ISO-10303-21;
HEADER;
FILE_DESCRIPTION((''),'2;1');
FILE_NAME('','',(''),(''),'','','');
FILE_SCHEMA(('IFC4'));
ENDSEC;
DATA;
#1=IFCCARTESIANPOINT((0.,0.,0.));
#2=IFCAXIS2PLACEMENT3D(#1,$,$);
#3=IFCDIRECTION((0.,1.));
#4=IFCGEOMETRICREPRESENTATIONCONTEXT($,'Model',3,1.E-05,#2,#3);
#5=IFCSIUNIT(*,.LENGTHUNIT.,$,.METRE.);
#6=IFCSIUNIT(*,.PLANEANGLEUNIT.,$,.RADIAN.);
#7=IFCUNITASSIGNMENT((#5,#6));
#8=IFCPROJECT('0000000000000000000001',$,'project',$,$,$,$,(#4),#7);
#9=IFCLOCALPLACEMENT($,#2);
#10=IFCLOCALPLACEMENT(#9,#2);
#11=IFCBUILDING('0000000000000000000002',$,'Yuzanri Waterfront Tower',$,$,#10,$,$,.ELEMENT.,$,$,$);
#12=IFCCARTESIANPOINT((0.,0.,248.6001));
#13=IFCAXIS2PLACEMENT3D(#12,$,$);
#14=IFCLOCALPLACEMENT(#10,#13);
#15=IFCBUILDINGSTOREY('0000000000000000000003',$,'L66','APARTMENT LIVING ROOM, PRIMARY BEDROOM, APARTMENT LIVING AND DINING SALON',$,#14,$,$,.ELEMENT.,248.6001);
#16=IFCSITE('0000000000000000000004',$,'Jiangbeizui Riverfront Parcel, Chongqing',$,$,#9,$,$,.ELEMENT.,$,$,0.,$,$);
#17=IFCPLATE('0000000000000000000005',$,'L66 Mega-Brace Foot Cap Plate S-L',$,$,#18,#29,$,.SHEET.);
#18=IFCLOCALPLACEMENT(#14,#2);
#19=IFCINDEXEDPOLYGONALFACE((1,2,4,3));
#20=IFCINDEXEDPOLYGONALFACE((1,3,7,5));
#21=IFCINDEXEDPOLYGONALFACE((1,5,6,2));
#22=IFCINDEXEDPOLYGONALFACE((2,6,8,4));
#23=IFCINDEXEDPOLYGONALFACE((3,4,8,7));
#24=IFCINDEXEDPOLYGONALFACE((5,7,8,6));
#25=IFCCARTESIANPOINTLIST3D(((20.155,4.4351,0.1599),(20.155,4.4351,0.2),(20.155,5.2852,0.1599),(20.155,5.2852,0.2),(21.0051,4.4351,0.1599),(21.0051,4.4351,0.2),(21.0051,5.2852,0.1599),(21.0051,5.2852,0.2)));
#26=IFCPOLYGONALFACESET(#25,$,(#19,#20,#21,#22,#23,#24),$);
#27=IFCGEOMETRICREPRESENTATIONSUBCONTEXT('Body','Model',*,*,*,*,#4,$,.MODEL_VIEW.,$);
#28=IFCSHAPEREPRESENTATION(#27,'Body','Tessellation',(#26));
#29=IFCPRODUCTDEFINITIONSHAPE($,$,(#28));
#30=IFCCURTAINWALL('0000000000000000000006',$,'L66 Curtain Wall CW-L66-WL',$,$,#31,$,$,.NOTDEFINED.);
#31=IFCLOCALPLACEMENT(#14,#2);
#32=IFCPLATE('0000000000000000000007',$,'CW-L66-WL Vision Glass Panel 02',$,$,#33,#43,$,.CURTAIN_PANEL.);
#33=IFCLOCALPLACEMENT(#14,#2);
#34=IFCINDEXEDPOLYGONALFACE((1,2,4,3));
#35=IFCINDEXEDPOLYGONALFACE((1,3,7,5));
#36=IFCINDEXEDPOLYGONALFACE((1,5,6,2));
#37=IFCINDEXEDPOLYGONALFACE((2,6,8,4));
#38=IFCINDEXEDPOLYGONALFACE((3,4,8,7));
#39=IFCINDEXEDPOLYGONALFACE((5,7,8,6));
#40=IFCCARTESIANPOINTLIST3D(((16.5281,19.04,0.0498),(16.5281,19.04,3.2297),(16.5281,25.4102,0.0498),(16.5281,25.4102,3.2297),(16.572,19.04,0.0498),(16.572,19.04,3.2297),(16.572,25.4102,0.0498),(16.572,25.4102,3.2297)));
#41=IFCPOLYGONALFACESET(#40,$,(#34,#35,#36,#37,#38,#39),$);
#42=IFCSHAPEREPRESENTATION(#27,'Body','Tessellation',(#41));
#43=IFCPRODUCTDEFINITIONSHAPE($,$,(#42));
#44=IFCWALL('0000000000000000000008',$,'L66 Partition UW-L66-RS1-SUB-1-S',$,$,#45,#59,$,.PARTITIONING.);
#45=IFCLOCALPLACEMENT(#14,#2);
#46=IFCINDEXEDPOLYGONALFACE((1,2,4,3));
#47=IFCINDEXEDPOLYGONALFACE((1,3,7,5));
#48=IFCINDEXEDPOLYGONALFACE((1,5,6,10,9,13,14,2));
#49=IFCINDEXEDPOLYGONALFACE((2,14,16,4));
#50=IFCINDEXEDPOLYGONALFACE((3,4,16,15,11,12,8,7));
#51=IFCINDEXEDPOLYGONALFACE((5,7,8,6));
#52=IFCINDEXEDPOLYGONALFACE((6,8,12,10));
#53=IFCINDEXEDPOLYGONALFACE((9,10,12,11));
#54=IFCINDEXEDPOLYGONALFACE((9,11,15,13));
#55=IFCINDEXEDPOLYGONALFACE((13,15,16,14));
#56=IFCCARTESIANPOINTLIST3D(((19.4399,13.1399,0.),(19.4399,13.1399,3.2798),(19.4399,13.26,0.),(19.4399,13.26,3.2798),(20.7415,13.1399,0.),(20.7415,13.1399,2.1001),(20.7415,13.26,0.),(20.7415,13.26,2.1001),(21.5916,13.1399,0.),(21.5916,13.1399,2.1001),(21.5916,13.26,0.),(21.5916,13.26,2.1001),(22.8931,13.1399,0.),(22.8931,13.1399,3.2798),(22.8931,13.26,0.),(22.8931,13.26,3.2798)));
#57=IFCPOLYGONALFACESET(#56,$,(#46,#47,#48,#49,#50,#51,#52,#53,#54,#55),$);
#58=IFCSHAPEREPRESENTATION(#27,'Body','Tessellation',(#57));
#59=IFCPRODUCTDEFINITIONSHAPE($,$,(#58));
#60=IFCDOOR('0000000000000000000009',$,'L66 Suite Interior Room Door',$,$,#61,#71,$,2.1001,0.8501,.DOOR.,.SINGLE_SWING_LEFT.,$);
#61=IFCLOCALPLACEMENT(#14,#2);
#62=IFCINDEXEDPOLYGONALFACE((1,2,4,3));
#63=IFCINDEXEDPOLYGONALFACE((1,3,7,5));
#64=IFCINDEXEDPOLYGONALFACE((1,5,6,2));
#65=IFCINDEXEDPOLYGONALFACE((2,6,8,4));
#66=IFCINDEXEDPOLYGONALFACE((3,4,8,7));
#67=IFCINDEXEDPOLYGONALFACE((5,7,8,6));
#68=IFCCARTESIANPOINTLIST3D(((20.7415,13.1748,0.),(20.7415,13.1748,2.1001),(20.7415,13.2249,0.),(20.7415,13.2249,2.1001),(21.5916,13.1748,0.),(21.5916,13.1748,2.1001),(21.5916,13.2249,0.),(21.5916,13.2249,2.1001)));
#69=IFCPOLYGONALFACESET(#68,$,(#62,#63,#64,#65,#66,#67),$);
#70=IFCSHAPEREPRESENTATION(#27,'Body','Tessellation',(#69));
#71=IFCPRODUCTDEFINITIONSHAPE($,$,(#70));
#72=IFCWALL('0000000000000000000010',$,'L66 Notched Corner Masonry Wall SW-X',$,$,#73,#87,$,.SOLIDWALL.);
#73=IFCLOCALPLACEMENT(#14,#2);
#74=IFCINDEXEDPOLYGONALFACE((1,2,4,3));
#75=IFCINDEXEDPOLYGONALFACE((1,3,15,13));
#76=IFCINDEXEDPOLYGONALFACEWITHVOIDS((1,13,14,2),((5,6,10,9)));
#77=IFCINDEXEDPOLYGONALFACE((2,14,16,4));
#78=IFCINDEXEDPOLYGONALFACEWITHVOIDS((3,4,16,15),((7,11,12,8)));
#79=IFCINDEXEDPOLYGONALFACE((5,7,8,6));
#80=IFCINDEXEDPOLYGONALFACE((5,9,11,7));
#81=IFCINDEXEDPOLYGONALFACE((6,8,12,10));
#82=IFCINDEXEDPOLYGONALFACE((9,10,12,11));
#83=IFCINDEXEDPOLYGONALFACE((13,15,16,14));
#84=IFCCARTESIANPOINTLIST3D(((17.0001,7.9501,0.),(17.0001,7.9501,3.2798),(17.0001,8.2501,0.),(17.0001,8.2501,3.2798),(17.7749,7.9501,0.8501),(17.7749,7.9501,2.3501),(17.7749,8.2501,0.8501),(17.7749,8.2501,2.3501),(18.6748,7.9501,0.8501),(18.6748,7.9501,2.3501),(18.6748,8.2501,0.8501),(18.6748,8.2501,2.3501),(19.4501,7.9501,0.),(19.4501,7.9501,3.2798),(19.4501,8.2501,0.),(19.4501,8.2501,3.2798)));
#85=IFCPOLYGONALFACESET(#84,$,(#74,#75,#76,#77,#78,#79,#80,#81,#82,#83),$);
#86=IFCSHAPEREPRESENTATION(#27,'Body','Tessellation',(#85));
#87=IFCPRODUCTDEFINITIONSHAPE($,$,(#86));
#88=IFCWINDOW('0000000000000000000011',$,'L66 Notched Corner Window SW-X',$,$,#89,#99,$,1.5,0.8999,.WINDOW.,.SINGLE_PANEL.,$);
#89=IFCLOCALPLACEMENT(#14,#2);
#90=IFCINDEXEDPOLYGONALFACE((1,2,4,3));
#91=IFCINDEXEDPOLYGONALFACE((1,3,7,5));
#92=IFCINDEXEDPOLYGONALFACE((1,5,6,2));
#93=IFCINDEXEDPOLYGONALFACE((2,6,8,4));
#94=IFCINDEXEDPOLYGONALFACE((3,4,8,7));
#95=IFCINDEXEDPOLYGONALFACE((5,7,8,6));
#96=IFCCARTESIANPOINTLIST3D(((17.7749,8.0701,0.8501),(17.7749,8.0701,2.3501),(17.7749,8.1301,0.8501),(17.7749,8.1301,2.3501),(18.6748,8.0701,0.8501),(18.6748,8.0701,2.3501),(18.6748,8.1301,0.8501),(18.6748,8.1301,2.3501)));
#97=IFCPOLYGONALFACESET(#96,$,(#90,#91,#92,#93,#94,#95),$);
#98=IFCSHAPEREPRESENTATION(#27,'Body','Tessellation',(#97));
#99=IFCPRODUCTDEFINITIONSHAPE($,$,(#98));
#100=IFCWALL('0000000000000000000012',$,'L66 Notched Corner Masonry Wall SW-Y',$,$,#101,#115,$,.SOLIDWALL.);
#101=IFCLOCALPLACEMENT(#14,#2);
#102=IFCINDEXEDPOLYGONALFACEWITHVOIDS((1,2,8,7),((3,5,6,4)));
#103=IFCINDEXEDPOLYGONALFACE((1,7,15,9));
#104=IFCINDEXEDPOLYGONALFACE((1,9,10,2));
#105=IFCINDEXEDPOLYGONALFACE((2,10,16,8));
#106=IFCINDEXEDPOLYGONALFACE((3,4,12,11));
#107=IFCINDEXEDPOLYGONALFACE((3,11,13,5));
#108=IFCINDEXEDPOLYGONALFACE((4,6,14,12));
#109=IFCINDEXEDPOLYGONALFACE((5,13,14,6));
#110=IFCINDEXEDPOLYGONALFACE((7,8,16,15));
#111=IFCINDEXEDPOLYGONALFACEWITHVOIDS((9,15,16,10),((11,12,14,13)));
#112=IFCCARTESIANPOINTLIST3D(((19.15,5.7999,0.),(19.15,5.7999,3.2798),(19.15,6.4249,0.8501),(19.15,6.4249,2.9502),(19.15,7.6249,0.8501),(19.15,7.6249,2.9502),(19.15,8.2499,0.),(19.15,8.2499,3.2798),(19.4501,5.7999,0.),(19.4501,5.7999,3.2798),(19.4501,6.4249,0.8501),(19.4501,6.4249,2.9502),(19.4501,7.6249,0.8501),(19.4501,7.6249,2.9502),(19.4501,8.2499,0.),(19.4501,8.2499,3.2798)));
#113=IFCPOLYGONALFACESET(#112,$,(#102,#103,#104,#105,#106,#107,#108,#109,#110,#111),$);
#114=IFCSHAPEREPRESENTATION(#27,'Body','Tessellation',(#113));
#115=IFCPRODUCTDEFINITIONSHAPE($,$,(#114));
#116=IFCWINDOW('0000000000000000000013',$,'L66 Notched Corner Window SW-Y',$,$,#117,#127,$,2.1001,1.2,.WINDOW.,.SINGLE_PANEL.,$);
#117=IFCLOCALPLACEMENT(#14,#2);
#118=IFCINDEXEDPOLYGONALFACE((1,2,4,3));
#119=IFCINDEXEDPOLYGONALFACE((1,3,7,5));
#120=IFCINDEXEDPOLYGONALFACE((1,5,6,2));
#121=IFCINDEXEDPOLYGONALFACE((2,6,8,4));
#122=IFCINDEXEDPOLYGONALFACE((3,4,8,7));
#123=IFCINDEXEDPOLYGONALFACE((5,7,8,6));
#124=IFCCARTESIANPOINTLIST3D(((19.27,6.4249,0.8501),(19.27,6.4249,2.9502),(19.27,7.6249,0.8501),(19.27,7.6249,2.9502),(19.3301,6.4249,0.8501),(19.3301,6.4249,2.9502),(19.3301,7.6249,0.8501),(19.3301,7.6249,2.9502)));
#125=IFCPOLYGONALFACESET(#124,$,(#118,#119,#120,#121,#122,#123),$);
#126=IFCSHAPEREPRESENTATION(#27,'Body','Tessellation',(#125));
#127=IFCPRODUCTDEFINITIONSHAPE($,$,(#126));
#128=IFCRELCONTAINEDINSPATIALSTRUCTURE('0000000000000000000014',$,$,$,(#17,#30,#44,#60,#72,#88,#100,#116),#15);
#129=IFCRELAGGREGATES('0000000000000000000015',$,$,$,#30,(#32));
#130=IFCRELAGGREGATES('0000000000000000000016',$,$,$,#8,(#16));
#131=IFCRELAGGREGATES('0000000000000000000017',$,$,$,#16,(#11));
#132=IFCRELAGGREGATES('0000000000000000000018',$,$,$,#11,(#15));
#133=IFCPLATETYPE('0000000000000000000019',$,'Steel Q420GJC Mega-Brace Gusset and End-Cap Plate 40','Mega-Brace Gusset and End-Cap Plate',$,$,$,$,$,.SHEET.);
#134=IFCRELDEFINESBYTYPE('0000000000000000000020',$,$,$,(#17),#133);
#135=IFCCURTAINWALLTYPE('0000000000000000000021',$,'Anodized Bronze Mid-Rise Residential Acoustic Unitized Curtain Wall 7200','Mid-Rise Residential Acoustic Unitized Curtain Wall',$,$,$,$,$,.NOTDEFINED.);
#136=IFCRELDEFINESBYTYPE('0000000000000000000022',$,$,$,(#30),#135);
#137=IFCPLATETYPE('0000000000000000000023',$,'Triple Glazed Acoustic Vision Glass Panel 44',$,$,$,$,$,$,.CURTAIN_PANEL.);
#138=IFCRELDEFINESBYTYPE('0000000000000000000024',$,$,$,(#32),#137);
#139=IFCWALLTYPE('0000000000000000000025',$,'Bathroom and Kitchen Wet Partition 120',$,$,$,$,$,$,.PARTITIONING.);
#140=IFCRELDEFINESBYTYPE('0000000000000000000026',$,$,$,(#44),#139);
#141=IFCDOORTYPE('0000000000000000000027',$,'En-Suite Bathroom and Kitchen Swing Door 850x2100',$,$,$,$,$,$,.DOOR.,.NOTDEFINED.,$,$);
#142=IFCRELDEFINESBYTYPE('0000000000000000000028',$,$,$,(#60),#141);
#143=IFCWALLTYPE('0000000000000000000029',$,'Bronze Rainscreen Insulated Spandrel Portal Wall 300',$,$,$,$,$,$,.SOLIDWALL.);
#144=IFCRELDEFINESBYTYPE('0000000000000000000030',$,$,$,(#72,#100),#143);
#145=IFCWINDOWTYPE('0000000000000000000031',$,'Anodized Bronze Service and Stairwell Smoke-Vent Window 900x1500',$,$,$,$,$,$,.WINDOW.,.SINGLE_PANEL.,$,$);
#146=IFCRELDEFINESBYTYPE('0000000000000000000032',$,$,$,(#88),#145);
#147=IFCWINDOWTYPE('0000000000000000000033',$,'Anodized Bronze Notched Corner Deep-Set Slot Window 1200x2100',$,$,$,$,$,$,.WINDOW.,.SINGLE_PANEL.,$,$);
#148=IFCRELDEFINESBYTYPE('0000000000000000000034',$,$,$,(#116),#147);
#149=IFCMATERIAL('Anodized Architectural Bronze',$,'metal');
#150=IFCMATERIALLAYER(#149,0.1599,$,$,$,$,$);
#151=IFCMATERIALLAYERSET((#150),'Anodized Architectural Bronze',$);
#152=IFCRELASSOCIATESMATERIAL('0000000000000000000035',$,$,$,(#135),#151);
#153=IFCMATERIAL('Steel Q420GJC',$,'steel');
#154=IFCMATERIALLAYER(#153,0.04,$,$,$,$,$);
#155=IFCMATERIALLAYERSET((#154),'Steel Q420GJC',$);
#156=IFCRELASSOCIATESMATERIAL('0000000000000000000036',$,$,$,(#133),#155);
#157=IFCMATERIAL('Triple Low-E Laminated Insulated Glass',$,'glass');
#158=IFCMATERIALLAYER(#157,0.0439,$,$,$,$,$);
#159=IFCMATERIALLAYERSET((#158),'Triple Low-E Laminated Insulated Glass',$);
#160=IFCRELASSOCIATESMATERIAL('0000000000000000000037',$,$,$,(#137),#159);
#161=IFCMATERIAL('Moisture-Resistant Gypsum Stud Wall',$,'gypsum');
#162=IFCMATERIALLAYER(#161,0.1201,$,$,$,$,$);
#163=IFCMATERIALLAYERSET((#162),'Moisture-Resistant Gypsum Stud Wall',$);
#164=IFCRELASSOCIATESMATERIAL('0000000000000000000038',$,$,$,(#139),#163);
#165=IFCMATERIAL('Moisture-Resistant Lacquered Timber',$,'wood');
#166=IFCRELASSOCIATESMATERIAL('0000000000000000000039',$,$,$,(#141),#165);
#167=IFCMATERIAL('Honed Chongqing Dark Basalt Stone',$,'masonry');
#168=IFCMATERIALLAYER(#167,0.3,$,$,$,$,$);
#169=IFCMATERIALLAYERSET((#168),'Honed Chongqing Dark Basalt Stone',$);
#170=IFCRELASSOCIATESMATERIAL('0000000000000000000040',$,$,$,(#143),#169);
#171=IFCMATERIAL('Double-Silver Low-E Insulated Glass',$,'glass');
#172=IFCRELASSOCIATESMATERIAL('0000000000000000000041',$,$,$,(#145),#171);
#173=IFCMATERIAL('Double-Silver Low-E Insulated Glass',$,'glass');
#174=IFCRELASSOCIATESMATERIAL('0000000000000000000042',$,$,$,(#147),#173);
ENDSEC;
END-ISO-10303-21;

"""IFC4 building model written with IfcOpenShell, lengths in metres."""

from ifc_helpers import new_model, si_unit, direction, frame, frame_2d, origin, origin_2d, place, context, subcontext, project, spatial, rectangle, extrude, source, transform, mapped, material, layer, layer_set, type_object, element, fill, aggregate, save


model = new_model("IFC4")

# Units and contexts
model_context = context("Model", 3, precision=1e-05, world=origin(), true_north=direction((0.0, 1.0)))
body_context = subcontext(model_context, "Body", "Model", "MODEL_VIEW")
ifc_project = project(units=[si_unit("LENGTHUNIT", "METRE"), si_unit("PLANEANGLEUNIT", "RADIAN")], contexts=[model_context])

# Site, building, storey
site_placement = place(None, origin())
site = spatial("IfcSite", under=ifc_project, at=site_placement, Name="Jiangbeizui Riverfront Parcel, Chongqing", CompositionType="ELEMENT", RefElevation=0.0)
building_placement = place(site_placement, origin())
building = spatial("IfcBuilding", under=site, at=building_placement, Name="Yuzanri Waterfront Tower", CompositionType="ELEMENT")
storey_placement = place(building_placement, frame((0.0, 0.0, 248.6001)))
storey = spatial("IfcBuildingStorey", under=building, at=storey_placement, Name="L66", Description="APARTMENT LIVING ROOM, PRIMARY BEDROOM, APARTMENT LIVING AND DINING SALON", CompositionType="ELEMENT", Elevation=248.6001)

# Shared definitions
ifc_material_1 = material(Name="Anodized Architectural Bronze", Category="metal")
ifc_layer_1 = layer(ifc_material_1, 0.1599)
ifc_layer_set_1 = layer_set([ifc_layer_1], Name="Anodized Architectural Bronze")
curtain_wall_type = type_object("IfcCurtainWallType", Name="Anodized Bronze Mid-Rise Residential Acoustic Unitized Curtain Wall 7200", Description="Mid-Rise Residential Acoustic Unitized Curtain Wall", PredefinedType="NOTDEFINED", material=ifc_layer_set_1)

# Plate
ifc_material_2 = material(Name="Steel Q420GJC", Category="steel")
ifc_layer_2 = layer(ifc_material_2, 0.04)
ifc_layer_set_2 = layer_set([ifc_layer_2], Name="Steel Q420GJC")
plate_type_1 = type_object("IfcPlateType", Name="Steel Q420GJC Mega-Brace Gusset and End-Cap Plate 40", Description="Mega-Brace Gusset and End-Cap Plate", PredefinedType="SHEET", material=ifc_layer_set_2)
shared_shape_1 = source(origin(), body_context, "Body", "SweptSolid", [
    extrude(rectangle(XDim=0.8501, YDim=0.8501, at=origin_2d()), origin(), (0.0, 0.0, 1.0), 0.04),
])
plate_1_placement = place(storey_placement, frame((20.5801, 4.8601, 0.1599), z_axis=(0.0, 0.0, 1.0), x_axis=(1.0, 0.0, 0.0)))
element("IfcPlate", 1, at=plate_1_placement, inside=storey, type_object=plate_type_1, Name="L66 Mega-Brace Foot Cap Plate S-L", PredefinedType="SHEET", context=body_context, shape_type="MappedRepresentation", body=[
    mapped(shared_shape_1, transform((0.0, 0.0, 0.0), scale=1.0)),
])

# Curtain wall, plate
curtain_wall_1_placement = place(storey_placement, origin())
curtain_wall_1 = element("IfcCurtainWall", 2, at=curtain_wall_1_placement, inside=storey, type_object=curtain_wall_type, Name="L66 Curtain Wall CW-L66-WL", PredefinedType="NOTDEFINED")
ifc_material_3 = material(Name="Triple Low-E Laminated Insulated Glass", Category="glass")
ifc_layer_3 = layer(ifc_material_3, 0.0439)
ifc_layer_set_3 = layer_set([ifc_layer_3], Name="Triple Low-E Laminated Insulated Glass")
plate_type_2 = type_object("IfcPlateType", Name="Triple Glazed Acoustic Vision Glass Panel 44", PredefinedType="CURTAIN_PANEL", material=ifc_layer_set_3)
shared_shape_2 = source(origin(), body_context, "Body", "SweptSolid", [
    extrude(rectangle(XDim=6.3701, YDim=0.0439, at=origin_2d()), origin(), (0.0, 0.0, 1.0), 3.1799),
])
plate_2_placement = place(storey_placement, frame((16.55, 22.2251, 0.0498), z_axis=(0.0, 0.0, 1.0), x_axis=(0.0, 1.0, 0.0)))
plate_2 = element("IfcPlate", 3, at=plate_2_placement, type_object=plate_type_2, Name="CW-L66-WL Vision Glass Panel 02", PredefinedType="CURTAIN_PANEL", context=body_context, shape_type="MappedRepresentation", body=[
    mapped(shared_shape_2, transform((0.0, 0.0, 0.0), scale=1.0)),
])
aggregate(curtain_wall_1, [plate_2])

# Wall, opening, door
ifc_material_4 = material(Name="Moisture-Resistant Gypsum Stud Wall", Category="gypsum")
ifc_layer_4 = layer(ifc_material_4, 0.1201)
ifc_layer_set_4 = layer_set([ifc_layer_4], Name="Moisture-Resistant Gypsum Stud Wall")
wall_type_1 = type_object("IfcWallType", Name="Bathroom and Kitchen Wet Partition 120", PredefinedType="PARTITIONING", material=ifc_layer_set_4)
wall_1_placement = place(storey_placement, frame((19.4399, 13.2, 0.0), z_axis=(0.0, 0.0, 1.0), x_axis=(1.0, 0.0, 0.0)))
wall_1 = element("IfcWall", 4, at=wall_1_placement, inside=storey, type_object=wall_type_1, Name="L66 Partition UW-L66-RS1-SUB-1-S", PredefinedType="PARTITIONING", context=body_context, shape_type="SweptSolid", body=[
    extrude(rectangle(XDim=3.4531, YDim=0.1201, at=frame_2d((1.7266, 0.0))), origin(), (0.0, 0.0, 1.0), 3.2798),
])
opening_1_placement = place(wall_1_placement, frame((1.3015, 0.0, 0.0)))
opening_1 = element("IfcOpeningElement", 5, at=opening_1_placement, cuts=wall_1, PredefinedType="OPENING", context=body_context, shape_type="SweptSolid", body=[
    extrude(rectangle(XDim=0.8501, YDim=2.1001, at=frame_2d((0.425, 1.05))), frame((0.0, 0.075, 0.0), z_axis=(0.0, -1.0, 0.0), x_axis=(1.0, 0.0, 0.0)), (0.0, 0.0, 1.0), 0.1499),
])
ifc_material_5 = material(Name="Moisture-Resistant Lacquered Timber", Category="wood")
door_type_1 = type_object("IfcDoorType", Name="En-Suite Bathroom and Kitchen Swing Door 850x2100", OperationType="NOTDEFINED", PredefinedType="DOOR", material=ifc_material_5)
shared_shape_3 = source(origin(), body_context, "Body", "SweptSolid", [
    extrude(rectangle(XDim=0.8501, YDim=2.1001, at=frame_2d((0.425, 1.05))), frame((0.0, 0.0249, 0.0), z_axis=(0.0, -1.0, 0.0), x_axis=(1.0, 0.0, 0.0)), (0.0, 0.0, 1.0), 0.05),
])
door_1_placement = place(opening_1_placement, origin())
door_1 = element("IfcDoor", 6, at=door_1_placement, inside=storey, type_object=door_type_1, Name="L66 Suite Interior Room Door", OperationType="SINGLE_SWING_LEFT", OverallHeight=2.1001, OverallWidth=0.8501, PredefinedType="DOOR", context=body_context, shape_type="MappedRepresentation", body=[
    mapped(shared_shape_3, transform((0.0, 0.0, 0.0), scale=1.0)),
])
fill(opening_1, door_1)

# Walls, openings, windows
ifc_material_6 = material(Name="Honed Chongqing Dark Basalt Stone", Category="masonry")
ifc_layer_5 = layer(ifc_material_6, 0.3)
ifc_layer_set_5 = layer_set([ifc_layer_5], Name="Honed Chongqing Dark Basalt Stone")
wall_type_2 = type_object("IfcWallType", Name="Bronze Rainscreen Insulated Spandrel Portal Wall 300", PredefinedType="SOLIDWALL", material=ifc_layer_set_5)
wall_2_placement = place(storey_placement, frame((17.0, 8.1001, 0.0), z_axis=(0.0, 0.0, 1.0), x_axis=(1.0, 0.0, 0.0)))
wall_2 = element("IfcWall", 7, at=wall_2_placement, inside=storey, type_object=wall_type_2, Name="L66 Notched Corner Masonry Wall SW-X", PredefinedType="SOLIDWALL", context=body_context, shape_type="SweptSolid", body=[
    extrude(rectangle(XDim=2.45, YDim=0.3, at=frame_2d((1.2251, 0.0))), origin(), (0.0, 0.0, 1.0), 3.2798),
])
opening_2_placement = place(wall_2_placement, frame((0.7749, 0.0, 0.8501)))
opening_2 = element("IfcOpeningElement", 8, at=opening_2_placement, cuts=wall_2, PredefinedType="OPENING", context=body_context, shape_type="SweptSolid", body=[
    extrude(rectangle(XDim=0.8999, YDim=1.5, at=frame_2d((0.45, 0.75))), frame((0.0, 0.165, 0.0), z_axis=(0.0, -1.0, 0.0), x_axis=(1.0, 0.0, 0.0)), (0.0, 0.0, 1.0), 0.3298),
])
ifc_material_7 = material(Name="Double-Silver Low-E Insulated Glass", Category="glass")
window_type_1 = type_object("IfcWindowType", Name="Anodized Bronze Service and Stairwell Smoke-Vent Window 900x1500", PartitioningType="SINGLE_PANEL", PredefinedType="WINDOW", material=ifc_material_7)
shared_shape_4 = source(origin(), body_context, "Body", "SweptSolid", [
    extrude(rectangle(XDim=0.8999, YDim=1.5, at=frame_2d((0.45, 0.75))), frame((0.0, 0.03, 0.0), z_axis=(0.0, -1.0, 0.0), x_axis=(1.0, 0.0, 0.0)), (0.0, 0.0, 1.0), 0.0601),
])
window_1_placement = place(opening_2_placement, origin())
window_1 = element("IfcWindow", 9, at=window_1_placement, inside=storey, type_object=window_type_1, Name="L66 Notched Corner Window SW-X", OverallHeight=1.5, OverallWidth=0.8999, PartitioningType="SINGLE_PANEL", PredefinedType="WINDOW", context=body_context, shape_type="MappedRepresentation", body=[
    mapped(shared_shape_4, transform((0.0, 0.0, 0.0), scale=1.0)),
])
fill(opening_2, window_1)
wall_3_placement = place(storey_placement, frame((19.3, 8.25, 0.0), z_axis=(0.0, 0.0, 1.0), x_axis=(0.0, -1.0, 0.0)))
wall_3 = element("IfcWall", 10, at=wall_3_placement, inside=storey, type_object=wall_type_2, Name="L66 Notched Corner Masonry Wall SW-Y", PredefinedType="SOLIDWALL", context=body_context, shape_type="SweptSolid", body=[
    extrude(rectangle(XDim=2.45, YDim=0.3, at=frame_2d((1.2251, 0.0))), origin(), (0.0, 0.0, 1.0), 3.2798),
])
opening_3_placement = place(wall_3_placement, frame((0.625, 0.0, 0.8501)))
opening_3 = element("IfcOpeningElement", 11, at=opening_3_placement, cuts=wall_3, PredefinedType="OPENING", context=body_context, shape_type="SweptSolid", body=[
    extrude(rectangle(XDim=1.2, YDim=2.1001, at=frame_2d((0.6001, 1.05))), frame((0.0, 0.165, 0.0), z_axis=(0.0, -1.0, 0.0), x_axis=(1.0, 0.0, 0.0)), (0.0, 0.0, 1.0), 0.3298),
])
ifc_material_8 = material(Name="Double-Silver Low-E Insulated Glass", Category="glass")
window_type_2 = type_object("IfcWindowType", Name="Anodized Bronze Notched Corner Deep-Set Slot Window 1200x2100", PartitioningType="SINGLE_PANEL", PredefinedType="WINDOW", material=ifc_material_8)
shared_shape_5 = source(origin(), body_context, "Body", "SweptSolid", [
    extrude(rectangle(XDim=1.2, YDim=2.1001, at=frame_2d((0.6001, 1.05))), frame((0.0, 0.03, 0.0), z_axis=(0.0, -1.0, 0.0), x_axis=(1.0, 0.0, 0.0)), (0.0, 0.0, 1.0), 0.0601),
])
window_2_placement = place(opening_3_placement, origin())
window_2 = element("IfcWindow", 12, at=window_2_placement, inside=storey, type_object=window_type_2, Name="L66 Notched Corner Window SW-Y", OverallHeight=2.1001, OverallWidth=1.2, PartitioningType="SINGLE_PANEL", PredefinedType="WINDOW", context=body_context, shape_type="MappedRepresentation", body=[
    mapped(shared_shape_5, transform((0.0, 0.0, 0.0), scale=1.0)),
])
fill(opening_3, window_2)

save(model, "model.ifc")
